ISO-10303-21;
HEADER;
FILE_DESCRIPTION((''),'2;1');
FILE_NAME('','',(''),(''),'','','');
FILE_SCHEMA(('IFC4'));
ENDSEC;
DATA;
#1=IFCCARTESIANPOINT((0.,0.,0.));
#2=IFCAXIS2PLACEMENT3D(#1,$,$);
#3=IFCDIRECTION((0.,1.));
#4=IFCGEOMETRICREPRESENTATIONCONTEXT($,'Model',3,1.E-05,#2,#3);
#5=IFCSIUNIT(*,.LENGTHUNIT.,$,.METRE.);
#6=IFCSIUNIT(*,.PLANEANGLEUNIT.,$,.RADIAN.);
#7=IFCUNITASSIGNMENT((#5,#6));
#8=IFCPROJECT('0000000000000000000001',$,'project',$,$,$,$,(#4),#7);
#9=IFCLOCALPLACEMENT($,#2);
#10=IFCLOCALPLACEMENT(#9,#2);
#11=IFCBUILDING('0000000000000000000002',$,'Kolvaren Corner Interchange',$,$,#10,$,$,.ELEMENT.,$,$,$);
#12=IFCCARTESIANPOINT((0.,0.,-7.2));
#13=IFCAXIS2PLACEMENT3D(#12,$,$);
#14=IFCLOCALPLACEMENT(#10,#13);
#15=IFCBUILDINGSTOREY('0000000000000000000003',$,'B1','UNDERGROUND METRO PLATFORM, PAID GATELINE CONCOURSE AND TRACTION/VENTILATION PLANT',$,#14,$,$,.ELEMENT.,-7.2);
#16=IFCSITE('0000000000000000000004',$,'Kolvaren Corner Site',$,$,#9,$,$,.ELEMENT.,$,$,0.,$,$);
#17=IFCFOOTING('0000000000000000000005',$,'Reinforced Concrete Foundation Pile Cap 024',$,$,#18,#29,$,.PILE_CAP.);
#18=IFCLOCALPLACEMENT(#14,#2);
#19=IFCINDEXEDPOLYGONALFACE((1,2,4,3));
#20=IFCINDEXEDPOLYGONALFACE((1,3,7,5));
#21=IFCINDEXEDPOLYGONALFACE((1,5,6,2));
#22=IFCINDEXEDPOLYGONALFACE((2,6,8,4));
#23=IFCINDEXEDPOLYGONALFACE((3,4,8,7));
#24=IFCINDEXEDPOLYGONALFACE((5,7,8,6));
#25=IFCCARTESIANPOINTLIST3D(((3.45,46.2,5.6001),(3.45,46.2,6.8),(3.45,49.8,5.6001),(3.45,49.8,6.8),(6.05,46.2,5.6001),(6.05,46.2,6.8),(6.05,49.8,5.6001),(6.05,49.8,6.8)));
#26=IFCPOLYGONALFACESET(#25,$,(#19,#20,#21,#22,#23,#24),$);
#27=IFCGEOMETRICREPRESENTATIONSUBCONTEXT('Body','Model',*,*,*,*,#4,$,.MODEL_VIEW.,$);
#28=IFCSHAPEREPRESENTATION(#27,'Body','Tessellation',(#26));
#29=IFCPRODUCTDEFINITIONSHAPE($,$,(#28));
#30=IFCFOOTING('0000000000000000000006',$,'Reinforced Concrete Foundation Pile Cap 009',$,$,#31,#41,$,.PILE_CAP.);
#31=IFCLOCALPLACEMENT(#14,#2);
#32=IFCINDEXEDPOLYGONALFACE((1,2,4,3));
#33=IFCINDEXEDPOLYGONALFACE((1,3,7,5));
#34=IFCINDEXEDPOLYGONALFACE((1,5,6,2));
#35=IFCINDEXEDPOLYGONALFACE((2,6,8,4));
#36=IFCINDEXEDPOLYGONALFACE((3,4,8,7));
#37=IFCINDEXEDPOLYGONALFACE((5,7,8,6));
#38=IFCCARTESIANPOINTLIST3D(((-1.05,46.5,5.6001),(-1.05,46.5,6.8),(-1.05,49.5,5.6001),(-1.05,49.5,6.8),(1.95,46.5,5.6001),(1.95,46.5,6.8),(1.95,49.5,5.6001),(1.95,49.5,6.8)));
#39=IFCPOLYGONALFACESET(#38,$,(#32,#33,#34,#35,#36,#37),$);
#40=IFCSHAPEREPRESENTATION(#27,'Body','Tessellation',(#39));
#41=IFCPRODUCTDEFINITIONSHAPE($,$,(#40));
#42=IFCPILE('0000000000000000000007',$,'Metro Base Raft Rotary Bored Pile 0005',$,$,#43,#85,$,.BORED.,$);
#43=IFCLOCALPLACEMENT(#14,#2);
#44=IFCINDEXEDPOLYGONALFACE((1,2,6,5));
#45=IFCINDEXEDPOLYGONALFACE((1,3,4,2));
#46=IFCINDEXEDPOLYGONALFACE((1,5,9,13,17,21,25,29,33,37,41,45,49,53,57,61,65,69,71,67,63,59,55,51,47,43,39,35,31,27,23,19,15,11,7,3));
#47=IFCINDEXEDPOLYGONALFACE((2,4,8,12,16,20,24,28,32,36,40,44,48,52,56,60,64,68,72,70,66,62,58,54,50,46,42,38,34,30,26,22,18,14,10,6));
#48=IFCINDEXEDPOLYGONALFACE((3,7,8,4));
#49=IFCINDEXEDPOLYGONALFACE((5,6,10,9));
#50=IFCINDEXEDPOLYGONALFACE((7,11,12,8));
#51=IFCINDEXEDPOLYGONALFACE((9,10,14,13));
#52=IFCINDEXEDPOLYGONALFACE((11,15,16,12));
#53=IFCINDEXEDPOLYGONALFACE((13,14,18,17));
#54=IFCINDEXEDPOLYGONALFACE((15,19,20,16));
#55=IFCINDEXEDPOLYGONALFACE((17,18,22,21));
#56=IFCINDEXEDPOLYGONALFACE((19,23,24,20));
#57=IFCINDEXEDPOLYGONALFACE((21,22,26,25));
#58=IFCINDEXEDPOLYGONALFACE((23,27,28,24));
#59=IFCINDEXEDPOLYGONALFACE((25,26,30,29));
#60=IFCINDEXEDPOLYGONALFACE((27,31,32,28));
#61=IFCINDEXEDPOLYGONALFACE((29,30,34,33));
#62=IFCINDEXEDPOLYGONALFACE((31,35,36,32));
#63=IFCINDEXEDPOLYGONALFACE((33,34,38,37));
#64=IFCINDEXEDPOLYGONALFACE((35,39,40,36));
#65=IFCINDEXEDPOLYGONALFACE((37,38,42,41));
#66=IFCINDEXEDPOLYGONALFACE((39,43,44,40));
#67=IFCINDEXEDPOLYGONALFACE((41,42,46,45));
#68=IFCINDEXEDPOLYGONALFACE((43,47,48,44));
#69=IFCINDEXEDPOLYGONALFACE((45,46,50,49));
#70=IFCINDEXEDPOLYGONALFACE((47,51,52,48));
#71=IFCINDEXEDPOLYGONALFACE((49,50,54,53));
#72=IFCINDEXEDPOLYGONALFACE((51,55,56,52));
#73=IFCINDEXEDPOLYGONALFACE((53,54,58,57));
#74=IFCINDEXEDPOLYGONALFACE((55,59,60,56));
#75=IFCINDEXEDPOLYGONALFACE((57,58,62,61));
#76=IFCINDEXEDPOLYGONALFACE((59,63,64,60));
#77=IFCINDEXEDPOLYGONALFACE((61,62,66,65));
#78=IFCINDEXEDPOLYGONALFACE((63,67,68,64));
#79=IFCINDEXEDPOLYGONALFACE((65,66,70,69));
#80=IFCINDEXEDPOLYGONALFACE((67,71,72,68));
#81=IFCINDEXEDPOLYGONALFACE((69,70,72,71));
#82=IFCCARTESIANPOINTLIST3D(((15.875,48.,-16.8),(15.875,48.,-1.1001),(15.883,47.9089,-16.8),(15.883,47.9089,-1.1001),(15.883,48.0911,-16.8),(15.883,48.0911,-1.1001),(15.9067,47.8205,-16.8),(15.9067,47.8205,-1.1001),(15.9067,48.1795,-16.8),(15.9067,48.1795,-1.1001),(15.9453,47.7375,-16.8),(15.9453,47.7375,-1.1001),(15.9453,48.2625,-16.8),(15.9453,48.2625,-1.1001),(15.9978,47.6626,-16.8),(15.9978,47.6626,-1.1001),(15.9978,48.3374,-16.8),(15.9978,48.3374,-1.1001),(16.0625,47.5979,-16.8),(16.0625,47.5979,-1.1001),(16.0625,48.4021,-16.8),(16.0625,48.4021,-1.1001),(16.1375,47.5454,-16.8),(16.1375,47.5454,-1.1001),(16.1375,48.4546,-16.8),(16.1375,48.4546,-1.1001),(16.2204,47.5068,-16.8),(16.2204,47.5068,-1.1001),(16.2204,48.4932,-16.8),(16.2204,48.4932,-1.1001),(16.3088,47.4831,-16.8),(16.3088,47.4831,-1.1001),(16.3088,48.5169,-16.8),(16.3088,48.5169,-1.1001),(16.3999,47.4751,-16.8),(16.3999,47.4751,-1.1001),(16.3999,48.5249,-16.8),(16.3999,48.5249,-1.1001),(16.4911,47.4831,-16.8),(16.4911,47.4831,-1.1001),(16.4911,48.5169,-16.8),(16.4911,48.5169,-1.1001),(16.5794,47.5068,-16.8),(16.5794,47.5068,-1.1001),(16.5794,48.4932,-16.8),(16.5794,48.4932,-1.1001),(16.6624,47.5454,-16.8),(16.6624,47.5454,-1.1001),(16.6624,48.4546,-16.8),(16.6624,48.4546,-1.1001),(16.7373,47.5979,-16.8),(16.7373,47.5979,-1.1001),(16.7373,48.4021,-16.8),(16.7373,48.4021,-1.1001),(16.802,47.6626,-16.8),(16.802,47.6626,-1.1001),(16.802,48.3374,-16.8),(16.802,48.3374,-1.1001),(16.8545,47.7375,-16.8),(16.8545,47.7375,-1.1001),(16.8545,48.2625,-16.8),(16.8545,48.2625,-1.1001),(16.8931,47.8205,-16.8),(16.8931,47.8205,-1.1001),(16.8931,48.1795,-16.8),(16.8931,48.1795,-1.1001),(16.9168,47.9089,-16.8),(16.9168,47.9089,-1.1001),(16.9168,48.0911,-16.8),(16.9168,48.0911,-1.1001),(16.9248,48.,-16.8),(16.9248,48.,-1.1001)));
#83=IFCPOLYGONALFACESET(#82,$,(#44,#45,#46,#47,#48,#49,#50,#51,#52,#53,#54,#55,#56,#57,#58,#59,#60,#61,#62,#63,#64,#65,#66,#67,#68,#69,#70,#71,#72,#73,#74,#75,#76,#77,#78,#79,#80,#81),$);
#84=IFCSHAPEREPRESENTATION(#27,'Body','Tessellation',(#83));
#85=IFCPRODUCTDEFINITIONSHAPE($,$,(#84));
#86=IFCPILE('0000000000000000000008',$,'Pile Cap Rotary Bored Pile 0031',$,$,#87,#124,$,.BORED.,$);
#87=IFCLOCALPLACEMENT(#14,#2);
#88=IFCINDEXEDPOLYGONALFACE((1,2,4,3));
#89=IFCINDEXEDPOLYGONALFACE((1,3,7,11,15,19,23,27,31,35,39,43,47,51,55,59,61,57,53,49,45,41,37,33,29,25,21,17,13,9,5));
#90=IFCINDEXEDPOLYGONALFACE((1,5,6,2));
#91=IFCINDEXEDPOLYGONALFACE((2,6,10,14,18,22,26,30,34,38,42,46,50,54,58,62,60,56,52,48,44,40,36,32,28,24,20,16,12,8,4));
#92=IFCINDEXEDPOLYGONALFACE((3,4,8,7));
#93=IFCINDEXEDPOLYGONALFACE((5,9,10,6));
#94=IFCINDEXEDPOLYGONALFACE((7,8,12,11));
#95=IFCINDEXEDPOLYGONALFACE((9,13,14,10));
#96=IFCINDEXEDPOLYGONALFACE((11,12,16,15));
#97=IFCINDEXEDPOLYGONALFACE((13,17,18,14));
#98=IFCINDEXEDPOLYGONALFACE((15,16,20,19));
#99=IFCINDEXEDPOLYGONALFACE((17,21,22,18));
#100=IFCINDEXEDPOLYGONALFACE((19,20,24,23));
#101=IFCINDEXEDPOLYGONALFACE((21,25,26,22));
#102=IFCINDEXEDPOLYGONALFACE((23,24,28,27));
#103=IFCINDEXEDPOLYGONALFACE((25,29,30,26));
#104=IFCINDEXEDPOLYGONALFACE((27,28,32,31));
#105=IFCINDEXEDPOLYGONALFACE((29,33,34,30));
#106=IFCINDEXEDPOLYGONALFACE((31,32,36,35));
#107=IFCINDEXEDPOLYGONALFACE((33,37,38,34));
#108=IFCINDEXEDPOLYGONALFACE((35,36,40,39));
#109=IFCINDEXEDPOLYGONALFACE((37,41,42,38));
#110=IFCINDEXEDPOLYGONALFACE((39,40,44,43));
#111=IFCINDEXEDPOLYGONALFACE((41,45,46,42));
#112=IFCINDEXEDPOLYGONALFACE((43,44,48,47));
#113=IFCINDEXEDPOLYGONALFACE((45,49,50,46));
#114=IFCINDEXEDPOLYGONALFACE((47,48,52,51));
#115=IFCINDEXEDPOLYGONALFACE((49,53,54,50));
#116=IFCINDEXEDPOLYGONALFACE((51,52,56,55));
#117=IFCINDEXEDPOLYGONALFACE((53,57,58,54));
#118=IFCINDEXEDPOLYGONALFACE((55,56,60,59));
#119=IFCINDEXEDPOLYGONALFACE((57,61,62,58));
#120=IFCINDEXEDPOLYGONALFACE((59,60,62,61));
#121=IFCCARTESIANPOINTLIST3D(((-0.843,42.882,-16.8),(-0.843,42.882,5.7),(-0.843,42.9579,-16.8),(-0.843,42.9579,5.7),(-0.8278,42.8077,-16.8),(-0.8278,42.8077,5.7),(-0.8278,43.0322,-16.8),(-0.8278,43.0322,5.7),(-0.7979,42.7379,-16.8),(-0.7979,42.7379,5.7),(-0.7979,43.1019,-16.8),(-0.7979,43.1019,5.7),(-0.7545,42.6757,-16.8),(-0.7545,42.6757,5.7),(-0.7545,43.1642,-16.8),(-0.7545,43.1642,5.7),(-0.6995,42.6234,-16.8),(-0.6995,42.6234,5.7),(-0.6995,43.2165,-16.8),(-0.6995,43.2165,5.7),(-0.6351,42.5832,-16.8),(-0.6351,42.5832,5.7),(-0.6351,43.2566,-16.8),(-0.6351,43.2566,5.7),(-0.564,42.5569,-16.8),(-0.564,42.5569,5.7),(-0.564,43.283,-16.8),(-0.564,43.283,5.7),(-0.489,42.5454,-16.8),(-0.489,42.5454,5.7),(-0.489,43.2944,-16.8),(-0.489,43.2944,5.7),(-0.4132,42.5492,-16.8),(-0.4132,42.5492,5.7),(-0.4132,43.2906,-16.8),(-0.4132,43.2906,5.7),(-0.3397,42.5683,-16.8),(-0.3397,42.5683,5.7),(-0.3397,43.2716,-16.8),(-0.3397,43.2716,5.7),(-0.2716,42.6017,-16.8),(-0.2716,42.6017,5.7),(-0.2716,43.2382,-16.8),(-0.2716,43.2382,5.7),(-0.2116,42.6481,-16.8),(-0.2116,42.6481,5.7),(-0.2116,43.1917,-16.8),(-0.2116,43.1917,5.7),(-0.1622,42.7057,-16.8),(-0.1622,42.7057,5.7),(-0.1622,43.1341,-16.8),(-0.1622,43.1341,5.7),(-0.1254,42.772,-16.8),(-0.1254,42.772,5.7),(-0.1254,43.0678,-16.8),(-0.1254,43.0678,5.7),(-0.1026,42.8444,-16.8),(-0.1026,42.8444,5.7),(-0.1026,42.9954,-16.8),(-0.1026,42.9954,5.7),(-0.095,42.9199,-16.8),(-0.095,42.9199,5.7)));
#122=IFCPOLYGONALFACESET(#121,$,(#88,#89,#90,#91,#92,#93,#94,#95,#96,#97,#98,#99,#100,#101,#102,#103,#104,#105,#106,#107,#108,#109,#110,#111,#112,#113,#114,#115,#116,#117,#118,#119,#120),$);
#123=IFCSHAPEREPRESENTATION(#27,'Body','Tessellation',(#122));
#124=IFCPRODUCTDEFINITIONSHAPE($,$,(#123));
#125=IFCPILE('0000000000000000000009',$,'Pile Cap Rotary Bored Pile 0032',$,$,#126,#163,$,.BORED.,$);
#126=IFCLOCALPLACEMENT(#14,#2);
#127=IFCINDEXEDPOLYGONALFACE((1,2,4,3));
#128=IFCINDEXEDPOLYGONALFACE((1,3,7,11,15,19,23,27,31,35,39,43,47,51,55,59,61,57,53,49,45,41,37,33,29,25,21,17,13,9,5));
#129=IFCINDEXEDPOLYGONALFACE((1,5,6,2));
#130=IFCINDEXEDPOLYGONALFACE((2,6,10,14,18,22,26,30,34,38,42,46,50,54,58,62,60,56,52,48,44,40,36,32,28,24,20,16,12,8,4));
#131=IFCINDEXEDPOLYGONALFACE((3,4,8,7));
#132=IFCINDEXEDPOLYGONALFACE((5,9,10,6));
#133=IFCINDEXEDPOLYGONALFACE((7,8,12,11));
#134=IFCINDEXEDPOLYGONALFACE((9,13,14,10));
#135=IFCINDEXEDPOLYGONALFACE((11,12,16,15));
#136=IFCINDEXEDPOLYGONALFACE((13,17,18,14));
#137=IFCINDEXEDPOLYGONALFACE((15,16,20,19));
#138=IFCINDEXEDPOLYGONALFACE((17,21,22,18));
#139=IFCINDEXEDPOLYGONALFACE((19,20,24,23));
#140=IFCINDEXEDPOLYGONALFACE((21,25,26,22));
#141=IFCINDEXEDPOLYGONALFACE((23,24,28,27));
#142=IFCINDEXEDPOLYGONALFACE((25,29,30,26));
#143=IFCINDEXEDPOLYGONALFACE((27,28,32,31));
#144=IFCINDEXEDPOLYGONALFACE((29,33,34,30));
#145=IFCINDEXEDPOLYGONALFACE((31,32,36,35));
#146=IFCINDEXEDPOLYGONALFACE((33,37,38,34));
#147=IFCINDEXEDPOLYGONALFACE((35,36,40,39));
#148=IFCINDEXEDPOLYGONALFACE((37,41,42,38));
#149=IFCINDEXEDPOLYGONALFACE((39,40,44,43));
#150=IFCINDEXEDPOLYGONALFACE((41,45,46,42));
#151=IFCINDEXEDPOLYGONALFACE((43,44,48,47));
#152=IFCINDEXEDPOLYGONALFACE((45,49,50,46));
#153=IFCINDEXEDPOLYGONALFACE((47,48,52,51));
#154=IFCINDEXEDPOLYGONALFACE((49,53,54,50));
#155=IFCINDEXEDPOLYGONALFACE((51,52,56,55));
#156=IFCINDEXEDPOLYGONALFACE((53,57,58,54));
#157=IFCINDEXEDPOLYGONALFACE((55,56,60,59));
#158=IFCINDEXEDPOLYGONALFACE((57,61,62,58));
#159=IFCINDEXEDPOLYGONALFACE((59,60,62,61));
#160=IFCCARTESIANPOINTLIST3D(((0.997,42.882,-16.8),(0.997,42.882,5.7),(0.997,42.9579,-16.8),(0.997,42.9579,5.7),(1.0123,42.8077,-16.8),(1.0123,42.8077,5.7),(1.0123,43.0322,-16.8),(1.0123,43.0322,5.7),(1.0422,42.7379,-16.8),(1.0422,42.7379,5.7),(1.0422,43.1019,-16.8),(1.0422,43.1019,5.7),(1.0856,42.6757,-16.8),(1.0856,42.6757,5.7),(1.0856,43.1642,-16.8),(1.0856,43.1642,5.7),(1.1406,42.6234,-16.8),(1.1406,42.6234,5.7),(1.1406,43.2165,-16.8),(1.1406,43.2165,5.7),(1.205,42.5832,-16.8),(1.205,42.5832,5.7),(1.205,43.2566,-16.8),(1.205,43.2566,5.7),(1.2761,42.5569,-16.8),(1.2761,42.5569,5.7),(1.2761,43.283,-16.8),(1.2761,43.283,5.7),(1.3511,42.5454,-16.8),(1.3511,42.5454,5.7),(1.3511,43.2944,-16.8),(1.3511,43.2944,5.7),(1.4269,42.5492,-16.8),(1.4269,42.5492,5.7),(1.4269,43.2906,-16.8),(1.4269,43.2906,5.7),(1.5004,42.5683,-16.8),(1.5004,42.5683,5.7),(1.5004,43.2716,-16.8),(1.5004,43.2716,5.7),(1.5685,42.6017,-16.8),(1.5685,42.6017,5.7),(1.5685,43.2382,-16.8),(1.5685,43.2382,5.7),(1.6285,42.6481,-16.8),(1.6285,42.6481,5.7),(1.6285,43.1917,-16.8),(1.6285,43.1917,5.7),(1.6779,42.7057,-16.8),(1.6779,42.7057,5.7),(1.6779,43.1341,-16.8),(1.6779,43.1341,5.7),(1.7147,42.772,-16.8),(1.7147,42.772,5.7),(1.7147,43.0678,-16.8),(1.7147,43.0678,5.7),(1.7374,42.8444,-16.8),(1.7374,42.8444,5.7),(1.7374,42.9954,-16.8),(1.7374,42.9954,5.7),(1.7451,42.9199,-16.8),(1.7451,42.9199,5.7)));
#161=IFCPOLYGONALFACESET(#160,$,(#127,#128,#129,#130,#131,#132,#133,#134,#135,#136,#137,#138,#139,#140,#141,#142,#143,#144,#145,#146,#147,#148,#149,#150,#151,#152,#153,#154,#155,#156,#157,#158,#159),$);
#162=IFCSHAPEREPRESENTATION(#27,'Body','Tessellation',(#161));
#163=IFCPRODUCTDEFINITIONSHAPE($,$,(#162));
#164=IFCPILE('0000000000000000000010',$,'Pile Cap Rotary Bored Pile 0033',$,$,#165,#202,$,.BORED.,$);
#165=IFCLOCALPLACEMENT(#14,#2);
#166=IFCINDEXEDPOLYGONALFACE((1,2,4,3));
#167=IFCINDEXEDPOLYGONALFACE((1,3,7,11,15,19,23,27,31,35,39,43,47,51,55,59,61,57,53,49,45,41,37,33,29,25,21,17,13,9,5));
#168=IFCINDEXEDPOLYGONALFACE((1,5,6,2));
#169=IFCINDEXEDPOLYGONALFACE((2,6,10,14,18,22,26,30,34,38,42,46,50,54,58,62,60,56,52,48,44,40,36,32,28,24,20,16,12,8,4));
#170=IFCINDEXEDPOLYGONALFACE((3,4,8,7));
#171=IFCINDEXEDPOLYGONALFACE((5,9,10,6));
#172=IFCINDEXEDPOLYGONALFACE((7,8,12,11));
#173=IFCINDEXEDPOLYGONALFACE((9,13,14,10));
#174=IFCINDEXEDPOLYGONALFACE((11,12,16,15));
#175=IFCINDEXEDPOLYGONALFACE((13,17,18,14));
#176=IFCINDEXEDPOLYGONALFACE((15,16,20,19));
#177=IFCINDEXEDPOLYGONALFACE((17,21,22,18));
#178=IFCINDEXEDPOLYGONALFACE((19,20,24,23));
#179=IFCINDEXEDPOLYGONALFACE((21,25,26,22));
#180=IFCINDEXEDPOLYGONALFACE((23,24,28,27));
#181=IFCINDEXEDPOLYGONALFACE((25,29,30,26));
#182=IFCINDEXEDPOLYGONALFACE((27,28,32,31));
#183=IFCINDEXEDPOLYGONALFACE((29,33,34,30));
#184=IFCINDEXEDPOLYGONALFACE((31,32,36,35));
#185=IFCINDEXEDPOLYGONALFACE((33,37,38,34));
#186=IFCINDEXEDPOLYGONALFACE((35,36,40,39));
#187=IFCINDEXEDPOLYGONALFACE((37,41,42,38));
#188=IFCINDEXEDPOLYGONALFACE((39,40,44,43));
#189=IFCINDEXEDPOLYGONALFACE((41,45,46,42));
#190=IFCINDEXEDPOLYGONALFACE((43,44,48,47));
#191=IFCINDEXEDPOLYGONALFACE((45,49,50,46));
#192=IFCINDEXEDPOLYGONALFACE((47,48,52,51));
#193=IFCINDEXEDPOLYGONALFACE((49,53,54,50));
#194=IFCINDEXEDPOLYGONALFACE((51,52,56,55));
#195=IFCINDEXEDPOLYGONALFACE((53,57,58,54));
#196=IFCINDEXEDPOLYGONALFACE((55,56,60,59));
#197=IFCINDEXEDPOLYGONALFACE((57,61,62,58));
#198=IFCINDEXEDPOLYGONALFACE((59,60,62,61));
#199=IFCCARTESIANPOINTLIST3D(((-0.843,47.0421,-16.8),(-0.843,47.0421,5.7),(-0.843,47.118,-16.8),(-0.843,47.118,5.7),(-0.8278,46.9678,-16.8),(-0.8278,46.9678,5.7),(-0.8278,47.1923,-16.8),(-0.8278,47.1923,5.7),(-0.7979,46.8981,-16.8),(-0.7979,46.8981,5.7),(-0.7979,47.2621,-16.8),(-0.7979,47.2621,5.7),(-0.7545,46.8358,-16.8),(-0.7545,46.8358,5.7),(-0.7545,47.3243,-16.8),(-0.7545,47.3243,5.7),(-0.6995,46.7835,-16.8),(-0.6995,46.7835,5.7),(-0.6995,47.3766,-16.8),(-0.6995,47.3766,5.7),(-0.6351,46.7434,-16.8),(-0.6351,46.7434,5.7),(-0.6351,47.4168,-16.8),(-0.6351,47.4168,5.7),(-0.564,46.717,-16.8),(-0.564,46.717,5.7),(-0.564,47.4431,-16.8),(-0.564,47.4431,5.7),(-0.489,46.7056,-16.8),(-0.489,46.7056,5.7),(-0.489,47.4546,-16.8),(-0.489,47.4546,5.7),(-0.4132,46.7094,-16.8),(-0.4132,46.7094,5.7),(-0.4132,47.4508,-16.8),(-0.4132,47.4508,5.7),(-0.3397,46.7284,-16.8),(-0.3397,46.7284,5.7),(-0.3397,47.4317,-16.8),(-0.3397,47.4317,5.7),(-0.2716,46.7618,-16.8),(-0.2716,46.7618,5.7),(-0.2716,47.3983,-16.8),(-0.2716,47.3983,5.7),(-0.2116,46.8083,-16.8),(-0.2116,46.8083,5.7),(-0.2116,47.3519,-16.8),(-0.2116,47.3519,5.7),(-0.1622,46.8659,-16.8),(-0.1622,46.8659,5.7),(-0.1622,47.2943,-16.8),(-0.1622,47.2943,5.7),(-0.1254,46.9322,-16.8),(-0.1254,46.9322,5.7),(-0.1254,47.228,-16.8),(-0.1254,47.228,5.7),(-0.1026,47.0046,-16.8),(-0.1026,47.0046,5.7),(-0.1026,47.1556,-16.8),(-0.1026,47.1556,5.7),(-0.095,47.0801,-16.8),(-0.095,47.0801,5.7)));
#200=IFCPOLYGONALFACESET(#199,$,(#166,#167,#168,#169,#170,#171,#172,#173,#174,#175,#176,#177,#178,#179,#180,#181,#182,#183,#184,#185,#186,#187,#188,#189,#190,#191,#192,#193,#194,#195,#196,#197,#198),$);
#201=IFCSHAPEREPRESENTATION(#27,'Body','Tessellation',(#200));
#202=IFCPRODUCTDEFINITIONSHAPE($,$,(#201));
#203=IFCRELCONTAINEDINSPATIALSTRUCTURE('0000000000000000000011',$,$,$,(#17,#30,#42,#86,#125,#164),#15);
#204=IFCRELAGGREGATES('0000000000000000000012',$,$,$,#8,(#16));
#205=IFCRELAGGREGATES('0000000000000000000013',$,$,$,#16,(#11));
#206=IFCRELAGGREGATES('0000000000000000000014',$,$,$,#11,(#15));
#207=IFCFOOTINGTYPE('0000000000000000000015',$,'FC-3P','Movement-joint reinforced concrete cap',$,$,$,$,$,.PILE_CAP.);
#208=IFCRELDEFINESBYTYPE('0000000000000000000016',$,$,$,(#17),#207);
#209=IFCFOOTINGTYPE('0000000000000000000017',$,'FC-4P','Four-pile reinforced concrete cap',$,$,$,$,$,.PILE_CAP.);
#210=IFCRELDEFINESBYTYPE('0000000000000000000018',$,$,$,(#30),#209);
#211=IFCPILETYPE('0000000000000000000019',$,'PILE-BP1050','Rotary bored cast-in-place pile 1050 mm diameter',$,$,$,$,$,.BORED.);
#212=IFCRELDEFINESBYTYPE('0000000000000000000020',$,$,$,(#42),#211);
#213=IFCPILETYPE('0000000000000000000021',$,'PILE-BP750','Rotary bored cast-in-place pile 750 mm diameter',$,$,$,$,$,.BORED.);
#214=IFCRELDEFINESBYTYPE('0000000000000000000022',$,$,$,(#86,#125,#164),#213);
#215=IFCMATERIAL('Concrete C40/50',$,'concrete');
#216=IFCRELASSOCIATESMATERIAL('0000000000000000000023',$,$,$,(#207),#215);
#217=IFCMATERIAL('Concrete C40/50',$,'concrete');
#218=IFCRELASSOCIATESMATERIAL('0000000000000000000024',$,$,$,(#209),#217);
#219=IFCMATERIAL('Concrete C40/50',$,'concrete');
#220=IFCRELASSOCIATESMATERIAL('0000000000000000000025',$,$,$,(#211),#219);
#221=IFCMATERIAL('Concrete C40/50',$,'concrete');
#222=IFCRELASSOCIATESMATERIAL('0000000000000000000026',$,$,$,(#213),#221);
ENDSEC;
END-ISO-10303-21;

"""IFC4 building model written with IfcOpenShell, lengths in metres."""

from ifc_helpers import new_model, si_unit, direction, frame, origin, origin_2d, place, context, subcontext, project, spatial, rectangle, circle, extrude, material, material_profile, profile_set, type_object, element, save


model = new_model("IFC4")

# Units and contexts
model_context = context("Model", 3, precision=1e-05, world=origin(), true_north=direction((0.0, 1.0)))
body_context = subcontext(model_context, "Body", "Model", "MODEL_VIEW")
ifc_project = project(units=[si_unit("LENGTHUNIT", "METRE"), si_unit("PLANEANGLEUNIT", "RADIAN")], contexts=[model_context])

# Site, building, storey
site_placement = place(None, origin())
site = spatial("IfcSite", under=ifc_project, at=site_placement, Name="Kolvaren Corner Site", CompositionType="ELEMENT", RefElevation=0.0)
building_placement = place(site_placement, origin())
building = spatial("IfcBuilding", under=site, at=building_placement, Name="Kolvaren Corner Interchange", CompositionType="ELEMENT")
storey_placement = place(building_placement, frame((0.0, 0.0, -7.2)))
storey = spatial("IfcBuildingStorey", under=building, at=storey_placement, Name="B1", Description="UNDERGROUND METRO PLATFORM, PAID GATELINE CONCOURSE AND TRACTION/VENTILATION PLANT", CompositionType="ELEMENT", Elevation=-7.2)

# Footings
ifc_material_1 = material(Name="Concrete C40/50", Category="concrete")
footing_type_1 = type_object("IfcFootingType", Name="FC-3P", Description="Movement-joint reinforced concrete cap", PredefinedType="PILE_CAP", material=ifc_material_1)
footing_1_placement = place(storey_placement, frame((4.75, 48.0, 5.6001), z_axis=(0.0, 0.0, 1.0), x_axis=(1.0, 0.0, 0.0)))
element("IfcFooting", 1, at=footing_1_placement, inside=storey, type_object=footing_type_1, Name="Reinforced Concrete Foundation Pile Cap 024", PredefinedType="PILE_CAP", context=body_context, shape_type="SweptSolid", body=[
    extrude(rectangle(XDim=2.6001, YDim=3.6001, at=origin_2d()), origin(), (0.0, 0.0, 1.0), 1.2),
])
ifc_material_2 = material(Name="Concrete C40/50", Category="concrete")
footing_type_2 = type_object("IfcFootingType", Name="FC-4P", Description="Four-pile reinforced concrete cap", PredefinedType="PILE_CAP", material=ifc_material_2)
footing_2_placement = place(storey_placement, frame((0.45, 48.0, 5.6001), z_axis=(0.0, 0.0, 1.0), x_axis=(1.0, 0.0, 0.0)))
element("IfcFooting", 2, at=footing_2_placement, inside=storey, type_object=footing_type_2, Name="Reinforced Concrete Foundation Pile Cap 009", PredefinedType="PILE_CAP", context=body_context, shape_type="SweptSolid", body=[
    extrude(rectangle(XDim=3.0, YDim=3.0, at=origin_2d()), origin(), (0.0, 0.0, 1.0), 1.2),
])

# Piles
ifc_material_3 = material(Name="Concrete C40/50", Category="concrete")
ifc_material_profile_1 = material_profile(ifc_material_3, circle(Radius=0.5249, at=origin_2d()), Name="BORED PILE 1050")
ifc_profile_set_1 = profile_set([ifc_material_profile_1], Name="Concrete C40/50")
pile_type_1 = type_object("IfcPileType", Name="PILE-BP1050", Description="Rotary bored cast-in-place pile 1050 mm diameter", PredefinedType="BORED", material=ifc_profile_set_1)
pile_placement = place(storey_placement, frame((16.3999, 48.0, -1.1001), z_axis=(0.0, 0.0, -1.0), x_axis=(1.0, 0.0, 0.0)))
element("IfcPile", 3, at=pile_placement, inside=storey, type_object=pile_type_1, Name="Metro Base Raft Rotary Bored Pile 0005", PredefinedType="BORED", context=body_context, shape_type="SweptSolid", body=[
    extrude(circle(Radius=0.5249, at=origin_2d()), origin(), (0.0, 0.0, 1.0), 15.7),
])
ifc_material_4 = material(Name="Concrete C40/50", Category="concrete")
ifc_material_profile_2 = material_profile(ifc_material_4, circle(Radius=0.375, at=origin_2d()), Name="BORED PILE 750")
ifc_profile_set_2 = profile_set([ifc_material_profile_2], Name="Concrete C40/50")
pile_type_2 = type_object("IfcPileType", Name="PILE-BP750", Description="Rotary bored cast-in-place pile 750 mm diameter", PredefinedType="BORED", material=ifc_profile_set_2)
for number, where, z_axis, x_axis, name in (
    (4, (-0.47, 42.9199, 5.7), (0.0, 0.0, -1.0), (1.0, 0.0, 0.0), "Pile Cap Rotary Bored Pile 0031"),
    (5, (1.3701, 42.9199, 5.7), (0.0, 0.0, -1.0), (1.0, 0.0, 0.0), "Pile Cap Rotary Bored Pile 0032"),
    (6, (-0.47, 47.0801, 5.7), (0.0, 0.0, -1.0), (1.0, 0.0, 0.0), "Pile Cap Rotary Bored Pile 0033"),
):
    element("IfcPile", number, at=place(storey_placement, frame(where, z_axis=z_axis, x_axis=x_axis)), inside=storey, type_object=pile_type_2, Name=name, PredefinedType="BORED", context=body_context, shape_type="SweptSolid", body=[
        extrude(circle(Radius=0.375, at=origin_2d()), origin(), (0.0, 0.0, 1.0), 22.5),
    ])

save(model, "model.ifc")
